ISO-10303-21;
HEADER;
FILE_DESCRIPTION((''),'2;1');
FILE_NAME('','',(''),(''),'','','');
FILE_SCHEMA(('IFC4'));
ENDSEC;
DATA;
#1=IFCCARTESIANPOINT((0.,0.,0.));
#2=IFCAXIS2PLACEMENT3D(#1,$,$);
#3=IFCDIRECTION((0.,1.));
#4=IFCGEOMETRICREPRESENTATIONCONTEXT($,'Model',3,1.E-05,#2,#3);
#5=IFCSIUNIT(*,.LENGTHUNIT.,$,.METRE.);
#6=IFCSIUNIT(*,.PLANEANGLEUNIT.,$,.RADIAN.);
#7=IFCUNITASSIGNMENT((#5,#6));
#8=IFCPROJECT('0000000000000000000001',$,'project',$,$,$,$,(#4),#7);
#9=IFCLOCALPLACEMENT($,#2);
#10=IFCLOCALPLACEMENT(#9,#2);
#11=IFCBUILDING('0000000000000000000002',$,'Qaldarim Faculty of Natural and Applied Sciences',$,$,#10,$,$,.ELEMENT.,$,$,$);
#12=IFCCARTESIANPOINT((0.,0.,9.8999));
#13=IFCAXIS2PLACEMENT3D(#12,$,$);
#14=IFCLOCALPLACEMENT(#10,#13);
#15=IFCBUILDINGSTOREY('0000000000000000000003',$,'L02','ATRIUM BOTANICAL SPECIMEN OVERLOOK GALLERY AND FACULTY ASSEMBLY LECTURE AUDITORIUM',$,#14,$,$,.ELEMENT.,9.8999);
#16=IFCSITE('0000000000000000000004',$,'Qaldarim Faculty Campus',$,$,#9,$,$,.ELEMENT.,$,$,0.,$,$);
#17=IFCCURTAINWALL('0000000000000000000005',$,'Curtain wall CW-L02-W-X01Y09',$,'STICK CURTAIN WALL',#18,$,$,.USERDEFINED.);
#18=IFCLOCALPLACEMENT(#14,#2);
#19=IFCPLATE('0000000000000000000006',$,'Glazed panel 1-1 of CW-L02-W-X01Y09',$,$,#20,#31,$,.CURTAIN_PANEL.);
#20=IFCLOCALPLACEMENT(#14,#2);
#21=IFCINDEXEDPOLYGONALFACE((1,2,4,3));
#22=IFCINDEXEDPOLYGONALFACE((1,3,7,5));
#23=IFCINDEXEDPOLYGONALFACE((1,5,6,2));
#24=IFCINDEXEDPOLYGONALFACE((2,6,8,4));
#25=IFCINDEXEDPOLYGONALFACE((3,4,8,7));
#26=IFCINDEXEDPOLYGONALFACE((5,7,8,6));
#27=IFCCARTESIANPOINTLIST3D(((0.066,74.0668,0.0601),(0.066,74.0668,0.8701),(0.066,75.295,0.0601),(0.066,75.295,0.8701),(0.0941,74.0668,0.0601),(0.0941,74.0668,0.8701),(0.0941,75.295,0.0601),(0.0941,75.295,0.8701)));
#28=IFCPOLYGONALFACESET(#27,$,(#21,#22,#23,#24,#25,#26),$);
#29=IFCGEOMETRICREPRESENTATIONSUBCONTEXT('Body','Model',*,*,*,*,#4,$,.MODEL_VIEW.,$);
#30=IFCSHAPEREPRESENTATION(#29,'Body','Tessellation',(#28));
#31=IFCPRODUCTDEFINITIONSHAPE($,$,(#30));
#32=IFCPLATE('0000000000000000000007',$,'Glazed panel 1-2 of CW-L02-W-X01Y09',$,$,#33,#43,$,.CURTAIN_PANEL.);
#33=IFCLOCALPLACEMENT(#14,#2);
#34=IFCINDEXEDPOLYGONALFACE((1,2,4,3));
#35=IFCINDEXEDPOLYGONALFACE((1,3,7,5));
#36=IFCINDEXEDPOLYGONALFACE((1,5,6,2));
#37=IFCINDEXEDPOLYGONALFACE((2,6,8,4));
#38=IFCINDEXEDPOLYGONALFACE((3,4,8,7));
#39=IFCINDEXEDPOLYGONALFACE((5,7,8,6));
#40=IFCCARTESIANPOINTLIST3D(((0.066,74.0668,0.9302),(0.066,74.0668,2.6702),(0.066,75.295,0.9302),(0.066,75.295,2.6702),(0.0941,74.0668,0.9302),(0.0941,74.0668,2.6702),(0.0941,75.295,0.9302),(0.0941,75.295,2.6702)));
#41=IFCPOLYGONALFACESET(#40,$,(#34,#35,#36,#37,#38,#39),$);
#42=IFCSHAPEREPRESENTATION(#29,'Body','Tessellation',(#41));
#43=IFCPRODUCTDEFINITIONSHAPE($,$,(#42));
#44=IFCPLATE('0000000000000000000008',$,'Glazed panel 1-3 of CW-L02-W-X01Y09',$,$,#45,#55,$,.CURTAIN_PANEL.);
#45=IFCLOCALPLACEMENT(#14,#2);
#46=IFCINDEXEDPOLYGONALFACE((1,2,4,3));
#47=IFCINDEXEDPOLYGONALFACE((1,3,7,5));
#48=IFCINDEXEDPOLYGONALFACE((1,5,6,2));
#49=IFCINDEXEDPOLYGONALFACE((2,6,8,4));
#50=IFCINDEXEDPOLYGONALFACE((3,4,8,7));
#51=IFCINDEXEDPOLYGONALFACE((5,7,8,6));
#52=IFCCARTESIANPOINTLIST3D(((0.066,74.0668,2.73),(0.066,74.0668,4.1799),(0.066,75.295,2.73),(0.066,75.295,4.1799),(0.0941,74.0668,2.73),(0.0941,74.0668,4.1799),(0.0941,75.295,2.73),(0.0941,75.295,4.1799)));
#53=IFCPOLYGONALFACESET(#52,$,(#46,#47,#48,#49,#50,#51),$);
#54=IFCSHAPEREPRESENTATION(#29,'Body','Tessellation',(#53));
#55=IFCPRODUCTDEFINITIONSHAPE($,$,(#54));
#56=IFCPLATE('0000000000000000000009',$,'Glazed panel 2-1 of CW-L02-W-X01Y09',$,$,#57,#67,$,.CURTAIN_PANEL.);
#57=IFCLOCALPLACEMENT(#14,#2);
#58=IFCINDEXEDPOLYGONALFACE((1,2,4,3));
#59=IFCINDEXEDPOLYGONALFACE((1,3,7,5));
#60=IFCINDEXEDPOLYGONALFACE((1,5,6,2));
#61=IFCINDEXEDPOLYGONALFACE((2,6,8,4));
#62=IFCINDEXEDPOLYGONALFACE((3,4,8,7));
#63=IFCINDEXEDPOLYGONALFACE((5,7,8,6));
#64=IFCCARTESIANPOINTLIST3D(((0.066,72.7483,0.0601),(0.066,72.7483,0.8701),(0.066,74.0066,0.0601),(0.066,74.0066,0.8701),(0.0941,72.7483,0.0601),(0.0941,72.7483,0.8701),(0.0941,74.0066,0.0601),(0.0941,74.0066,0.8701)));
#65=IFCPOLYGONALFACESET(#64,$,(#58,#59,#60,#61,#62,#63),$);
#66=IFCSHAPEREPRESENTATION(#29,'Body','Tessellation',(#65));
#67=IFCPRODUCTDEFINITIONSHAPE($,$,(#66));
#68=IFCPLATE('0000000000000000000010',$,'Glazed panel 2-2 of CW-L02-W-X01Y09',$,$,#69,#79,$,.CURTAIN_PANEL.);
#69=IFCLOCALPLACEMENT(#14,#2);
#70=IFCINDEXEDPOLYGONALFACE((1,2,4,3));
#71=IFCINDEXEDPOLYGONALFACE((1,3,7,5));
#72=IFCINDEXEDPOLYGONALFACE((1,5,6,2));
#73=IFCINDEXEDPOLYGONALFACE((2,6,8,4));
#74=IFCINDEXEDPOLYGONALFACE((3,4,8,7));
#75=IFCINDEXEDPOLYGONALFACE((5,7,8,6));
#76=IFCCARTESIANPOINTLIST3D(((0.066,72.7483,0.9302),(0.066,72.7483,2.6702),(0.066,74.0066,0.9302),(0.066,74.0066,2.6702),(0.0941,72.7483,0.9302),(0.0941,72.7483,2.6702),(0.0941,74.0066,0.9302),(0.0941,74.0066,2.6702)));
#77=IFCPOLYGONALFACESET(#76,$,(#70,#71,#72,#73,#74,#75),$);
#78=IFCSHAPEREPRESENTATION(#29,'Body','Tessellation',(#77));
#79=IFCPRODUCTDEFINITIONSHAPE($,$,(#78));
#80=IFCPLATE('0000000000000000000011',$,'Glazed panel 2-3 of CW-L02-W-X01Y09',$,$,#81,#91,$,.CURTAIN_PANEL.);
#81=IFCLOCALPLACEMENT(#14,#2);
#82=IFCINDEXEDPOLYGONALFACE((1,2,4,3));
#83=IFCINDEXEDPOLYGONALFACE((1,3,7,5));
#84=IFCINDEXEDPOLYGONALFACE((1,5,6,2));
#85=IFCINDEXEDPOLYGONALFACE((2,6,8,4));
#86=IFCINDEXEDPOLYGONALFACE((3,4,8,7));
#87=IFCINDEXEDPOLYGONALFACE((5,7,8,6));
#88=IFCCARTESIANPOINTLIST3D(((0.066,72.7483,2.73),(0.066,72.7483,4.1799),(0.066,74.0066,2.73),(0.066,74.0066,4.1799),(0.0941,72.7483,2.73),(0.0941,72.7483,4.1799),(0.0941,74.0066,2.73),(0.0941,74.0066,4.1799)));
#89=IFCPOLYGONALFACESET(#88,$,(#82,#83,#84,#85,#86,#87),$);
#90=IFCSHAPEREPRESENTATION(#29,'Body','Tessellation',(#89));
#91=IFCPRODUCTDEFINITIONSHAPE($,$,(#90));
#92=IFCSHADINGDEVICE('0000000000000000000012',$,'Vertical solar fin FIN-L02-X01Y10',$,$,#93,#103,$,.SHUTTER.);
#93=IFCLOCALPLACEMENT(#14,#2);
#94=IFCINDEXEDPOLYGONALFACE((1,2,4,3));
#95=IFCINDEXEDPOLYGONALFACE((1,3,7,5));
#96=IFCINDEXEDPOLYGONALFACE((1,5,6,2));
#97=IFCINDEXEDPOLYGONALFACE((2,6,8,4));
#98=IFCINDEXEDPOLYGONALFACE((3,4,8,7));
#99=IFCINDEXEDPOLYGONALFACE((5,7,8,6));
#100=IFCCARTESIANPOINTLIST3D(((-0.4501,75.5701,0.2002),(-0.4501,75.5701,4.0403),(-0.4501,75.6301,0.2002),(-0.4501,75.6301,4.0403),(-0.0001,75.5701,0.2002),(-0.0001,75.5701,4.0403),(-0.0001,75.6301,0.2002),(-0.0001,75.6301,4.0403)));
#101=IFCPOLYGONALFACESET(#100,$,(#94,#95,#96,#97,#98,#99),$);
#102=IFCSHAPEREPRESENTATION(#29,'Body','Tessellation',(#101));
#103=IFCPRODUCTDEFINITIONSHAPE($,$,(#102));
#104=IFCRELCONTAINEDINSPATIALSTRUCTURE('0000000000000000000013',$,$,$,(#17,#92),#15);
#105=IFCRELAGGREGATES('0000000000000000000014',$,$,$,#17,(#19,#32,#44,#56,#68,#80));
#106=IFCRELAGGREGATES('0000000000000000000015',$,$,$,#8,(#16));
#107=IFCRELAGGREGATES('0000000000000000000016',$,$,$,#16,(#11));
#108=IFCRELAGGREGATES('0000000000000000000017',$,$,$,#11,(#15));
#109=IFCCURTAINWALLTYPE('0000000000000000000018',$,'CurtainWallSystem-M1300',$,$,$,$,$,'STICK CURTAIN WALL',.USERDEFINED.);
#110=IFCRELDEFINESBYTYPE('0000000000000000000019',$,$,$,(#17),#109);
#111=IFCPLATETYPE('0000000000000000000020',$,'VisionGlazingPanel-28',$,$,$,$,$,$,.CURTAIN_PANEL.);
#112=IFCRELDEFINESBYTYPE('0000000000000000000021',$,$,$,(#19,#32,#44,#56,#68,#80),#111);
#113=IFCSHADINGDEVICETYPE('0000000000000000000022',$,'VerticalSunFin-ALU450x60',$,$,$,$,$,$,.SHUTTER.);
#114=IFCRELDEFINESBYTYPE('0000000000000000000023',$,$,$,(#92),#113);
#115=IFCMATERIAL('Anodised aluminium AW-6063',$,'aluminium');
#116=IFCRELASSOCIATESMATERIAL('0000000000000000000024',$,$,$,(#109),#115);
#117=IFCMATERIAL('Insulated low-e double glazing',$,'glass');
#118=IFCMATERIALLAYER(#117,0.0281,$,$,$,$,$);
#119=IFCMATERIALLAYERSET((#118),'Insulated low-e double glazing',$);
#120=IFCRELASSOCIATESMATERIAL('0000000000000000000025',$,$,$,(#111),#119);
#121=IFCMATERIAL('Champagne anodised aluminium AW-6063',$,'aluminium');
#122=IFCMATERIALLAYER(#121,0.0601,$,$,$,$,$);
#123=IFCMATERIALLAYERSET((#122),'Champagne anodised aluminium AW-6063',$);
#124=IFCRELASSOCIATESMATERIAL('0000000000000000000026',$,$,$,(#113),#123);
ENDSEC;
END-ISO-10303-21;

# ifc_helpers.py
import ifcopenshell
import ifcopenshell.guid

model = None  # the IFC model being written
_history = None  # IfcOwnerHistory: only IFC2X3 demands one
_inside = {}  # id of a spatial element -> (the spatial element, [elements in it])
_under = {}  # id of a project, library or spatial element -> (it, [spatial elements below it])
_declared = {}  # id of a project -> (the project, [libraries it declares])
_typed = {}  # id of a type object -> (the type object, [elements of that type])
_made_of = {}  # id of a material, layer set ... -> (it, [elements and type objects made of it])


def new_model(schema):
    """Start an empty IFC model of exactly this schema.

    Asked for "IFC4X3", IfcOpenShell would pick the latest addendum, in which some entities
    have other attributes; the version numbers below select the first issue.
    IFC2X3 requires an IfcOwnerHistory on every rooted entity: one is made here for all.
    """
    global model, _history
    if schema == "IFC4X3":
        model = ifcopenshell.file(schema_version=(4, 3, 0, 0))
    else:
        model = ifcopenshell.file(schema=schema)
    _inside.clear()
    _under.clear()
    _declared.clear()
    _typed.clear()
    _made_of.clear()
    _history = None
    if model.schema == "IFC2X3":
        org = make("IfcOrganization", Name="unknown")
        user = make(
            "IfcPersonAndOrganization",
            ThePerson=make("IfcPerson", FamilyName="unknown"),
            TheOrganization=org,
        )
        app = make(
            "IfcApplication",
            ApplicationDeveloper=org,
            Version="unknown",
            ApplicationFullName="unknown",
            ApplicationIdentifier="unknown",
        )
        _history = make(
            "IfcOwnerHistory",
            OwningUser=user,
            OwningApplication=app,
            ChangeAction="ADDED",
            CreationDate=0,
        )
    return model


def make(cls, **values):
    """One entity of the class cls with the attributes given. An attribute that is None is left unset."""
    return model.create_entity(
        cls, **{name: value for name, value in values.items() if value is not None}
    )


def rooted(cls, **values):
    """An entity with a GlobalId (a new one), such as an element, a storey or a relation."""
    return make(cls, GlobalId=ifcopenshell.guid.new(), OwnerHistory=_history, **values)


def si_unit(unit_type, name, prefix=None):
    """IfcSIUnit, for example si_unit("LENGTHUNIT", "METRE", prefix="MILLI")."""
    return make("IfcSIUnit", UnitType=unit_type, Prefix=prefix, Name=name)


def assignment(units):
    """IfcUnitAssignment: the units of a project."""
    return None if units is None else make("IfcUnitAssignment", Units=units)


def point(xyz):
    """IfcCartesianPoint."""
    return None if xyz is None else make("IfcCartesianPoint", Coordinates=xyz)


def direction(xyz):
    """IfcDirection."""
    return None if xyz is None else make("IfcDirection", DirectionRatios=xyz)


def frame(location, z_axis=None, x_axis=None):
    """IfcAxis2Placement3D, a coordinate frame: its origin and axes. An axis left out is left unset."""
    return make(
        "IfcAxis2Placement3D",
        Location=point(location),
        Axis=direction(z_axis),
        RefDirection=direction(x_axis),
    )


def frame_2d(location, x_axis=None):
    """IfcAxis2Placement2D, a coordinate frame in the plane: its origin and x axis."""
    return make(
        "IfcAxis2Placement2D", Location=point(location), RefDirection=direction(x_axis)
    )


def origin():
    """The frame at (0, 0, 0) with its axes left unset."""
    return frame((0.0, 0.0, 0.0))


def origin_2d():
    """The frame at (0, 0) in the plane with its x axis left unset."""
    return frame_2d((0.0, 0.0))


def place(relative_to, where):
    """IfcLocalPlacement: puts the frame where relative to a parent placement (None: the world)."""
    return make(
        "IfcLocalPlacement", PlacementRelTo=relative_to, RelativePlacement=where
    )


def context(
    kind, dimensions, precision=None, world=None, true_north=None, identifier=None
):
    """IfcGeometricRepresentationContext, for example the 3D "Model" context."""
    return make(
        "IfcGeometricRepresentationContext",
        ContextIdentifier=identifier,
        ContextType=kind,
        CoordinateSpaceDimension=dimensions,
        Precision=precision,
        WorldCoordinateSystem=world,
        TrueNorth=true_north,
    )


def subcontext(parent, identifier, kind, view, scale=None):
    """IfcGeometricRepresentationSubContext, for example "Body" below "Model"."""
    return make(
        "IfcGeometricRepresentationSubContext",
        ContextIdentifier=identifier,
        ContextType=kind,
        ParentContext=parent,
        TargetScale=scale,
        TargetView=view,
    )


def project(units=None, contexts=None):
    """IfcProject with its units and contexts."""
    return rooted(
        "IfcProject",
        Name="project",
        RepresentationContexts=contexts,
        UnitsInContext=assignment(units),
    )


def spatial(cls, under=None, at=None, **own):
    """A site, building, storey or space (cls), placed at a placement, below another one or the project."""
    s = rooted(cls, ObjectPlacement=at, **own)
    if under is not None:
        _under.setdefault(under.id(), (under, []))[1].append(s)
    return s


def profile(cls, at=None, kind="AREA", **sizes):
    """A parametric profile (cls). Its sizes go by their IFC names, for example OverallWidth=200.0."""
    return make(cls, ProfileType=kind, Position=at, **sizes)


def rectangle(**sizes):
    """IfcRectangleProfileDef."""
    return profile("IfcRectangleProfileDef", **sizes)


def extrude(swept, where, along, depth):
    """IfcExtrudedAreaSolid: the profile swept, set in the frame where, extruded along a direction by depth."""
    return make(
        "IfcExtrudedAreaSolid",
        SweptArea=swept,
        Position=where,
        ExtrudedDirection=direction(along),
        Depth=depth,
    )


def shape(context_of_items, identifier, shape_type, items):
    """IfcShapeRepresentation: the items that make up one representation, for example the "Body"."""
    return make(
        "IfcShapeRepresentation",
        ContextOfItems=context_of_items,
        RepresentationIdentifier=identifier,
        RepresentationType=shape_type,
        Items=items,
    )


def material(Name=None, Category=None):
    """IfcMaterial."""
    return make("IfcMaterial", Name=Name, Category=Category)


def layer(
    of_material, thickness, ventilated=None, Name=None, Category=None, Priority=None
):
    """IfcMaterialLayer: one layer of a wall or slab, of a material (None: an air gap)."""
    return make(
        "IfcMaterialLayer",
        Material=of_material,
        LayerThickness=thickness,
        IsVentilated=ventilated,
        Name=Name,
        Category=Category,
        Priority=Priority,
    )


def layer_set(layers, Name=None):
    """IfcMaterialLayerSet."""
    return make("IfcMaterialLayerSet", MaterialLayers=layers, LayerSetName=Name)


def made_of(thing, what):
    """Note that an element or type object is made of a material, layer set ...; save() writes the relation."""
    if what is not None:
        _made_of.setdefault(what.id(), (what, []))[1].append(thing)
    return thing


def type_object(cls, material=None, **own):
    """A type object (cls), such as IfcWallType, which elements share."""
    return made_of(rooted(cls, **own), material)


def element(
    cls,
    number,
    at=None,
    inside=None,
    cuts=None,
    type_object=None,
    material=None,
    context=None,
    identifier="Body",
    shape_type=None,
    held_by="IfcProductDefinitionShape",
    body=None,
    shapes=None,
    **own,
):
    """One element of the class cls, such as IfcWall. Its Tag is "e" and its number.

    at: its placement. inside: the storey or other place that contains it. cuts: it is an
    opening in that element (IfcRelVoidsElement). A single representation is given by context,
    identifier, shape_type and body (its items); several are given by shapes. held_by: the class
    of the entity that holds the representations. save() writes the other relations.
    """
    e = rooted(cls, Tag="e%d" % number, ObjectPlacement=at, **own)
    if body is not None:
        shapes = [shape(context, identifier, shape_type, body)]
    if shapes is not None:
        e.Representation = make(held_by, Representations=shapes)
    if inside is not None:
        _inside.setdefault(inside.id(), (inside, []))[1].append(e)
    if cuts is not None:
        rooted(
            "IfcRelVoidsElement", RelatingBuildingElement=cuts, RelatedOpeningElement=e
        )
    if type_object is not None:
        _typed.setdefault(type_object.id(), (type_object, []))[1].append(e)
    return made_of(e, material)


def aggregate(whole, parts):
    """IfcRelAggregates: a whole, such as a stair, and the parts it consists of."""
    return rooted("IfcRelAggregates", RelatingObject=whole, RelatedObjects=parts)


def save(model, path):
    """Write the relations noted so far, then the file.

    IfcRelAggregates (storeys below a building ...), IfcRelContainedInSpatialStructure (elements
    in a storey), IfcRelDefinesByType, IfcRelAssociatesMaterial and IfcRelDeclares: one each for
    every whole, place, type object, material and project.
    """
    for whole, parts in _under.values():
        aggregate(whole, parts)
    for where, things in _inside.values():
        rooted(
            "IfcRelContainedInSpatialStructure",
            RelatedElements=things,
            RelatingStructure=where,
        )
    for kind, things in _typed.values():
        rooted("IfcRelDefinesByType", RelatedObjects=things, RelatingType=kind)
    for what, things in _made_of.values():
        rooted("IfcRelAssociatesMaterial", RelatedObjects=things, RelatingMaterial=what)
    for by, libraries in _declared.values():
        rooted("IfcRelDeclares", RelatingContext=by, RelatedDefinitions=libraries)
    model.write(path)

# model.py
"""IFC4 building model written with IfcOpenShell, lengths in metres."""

from ifc_helpers import new_model, si_unit, direction, frame, origin, origin_2d, place, context, subcontext, project, spatial, rectangle, extrude, material, layer, layer_set, type_object, element, aggregate, save


model = new_model("IFC4")

# Units and contexts
model_context = context("Model", 3, precision=1e-05, world=origin(), true_north=direction((0.0, 1.0)))
body_context = subcontext(model_context, "Body", "Model", "MODEL_VIEW")
ifc_project = project(units=[si_unit("LENGTHUNIT", "METRE"), si_unit("PLANEANGLEUNIT", "RADIAN")], contexts=[model_context])

# Site, building, storey
site_placement = place(None, origin())
site = spatial("IfcSite", under=ifc_project, at=site_placement, Name="Qaldarim Faculty Campus", CompositionType="ELEMENT", RefElevation=0.0)
building_placement = place(site_placement, origin())
building = spatial("IfcBuilding", under=site, at=building_placement, Name="Qaldarim Faculty of Natural and Applied Sciences", CompositionType="ELEMENT")
storey_placement = place(building_placement, frame((0.0, 0.0, 9.8999)))
storey = spatial("IfcBuildingStorey", under=building, at=storey_placement, Name="L02", Description="ATRIUM BOTANICAL SPECIMEN OVERLOOK GALLERY AND FACULTY ASSEMBLY LECTURE AUDITORIUM", CompositionType="ELEMENT", Elevation=9.8999)

# Curtain wall, plates
ifc_material_1 = material(Name="Anodised aluminium AW-6063", Category="aluminium")
curtain_wall_type = type_object("IfcCurtainWallType", Name="CurtainWallSystem-M1300", ElementType="STICK CURTAIN WALL", PredefinedType="USERDEFINED", material=ifc_material_1)
curtain_wall_placement = place(storey_placement, origin())
curtain_wall = element("IfcCurtainWall", 1, at=curtain_wall_placement, inside=storey, type_object=curtain_wall_type, Name="Curtain wall CW-L02-W-X01Y09", ObjectType="STICK CURTAIN WALL", PredefinedType="USERDEFINED")
ifc_material_2 = material(Name="Insulated low-e double glazing", Category="glass")
ifc_layer_1 = layer(ifc_material_2, 0.0281)
ifc_layer_set_1 = layer_set([ifc_layer_1], Name="Insulated low-e double glazing")
plate_type = type_object("IfcPlateType", Name="VisionGlazingPanel-28", PredefinedType="CURTAIN_PANEL", material=ifc_layer_set_1)
plate_1_placement = place(storey_placement, frame((0.0801, 74.6809, 0.0601), z_axis=(0.0, 0.0, 1.0), x_axis=(0.0, -1.0, 0.0)))
plate_1 = element("IfcPlate", 2, at=plate_1_placement, type_object=plate_type, Name="Glazed panel 1-1 of CW-L02-W-X01Y09", PredefinedType="CURTAIN_PANEL", context=body_context, shape_type="SweptSolid", body=[
    extrude(rectangle(XDim=1.2283, YDim=0.0281, at=origin_2d()), origin(), (0.0, 0.0, 1.0), 0.8101),
])
plate_2_placement = place(storey_placement, frame((0.0801, 74.6809, 0.9302), z_axis=(0.0, 0.0, 1.0), x_axis=(0.0, -1.0, 0.0)))
plate_2 = element("IfcPlate", 3, at=plate_2_placement, type_object=plate_type, Name="Glazed panel 1-2 of CW-L02-W-X01Y09", PredefinedType="CURTAIN_PANEL", context=body_context, shape_type="SweptSolid", body=[
    extrude(rectangle(XDim=1.2283, YDim=0.0281, at=origin_2d()), origin(), (0.0, 0.0, 1.0), 1.74),
])
plate_3_placement = place(storey_placement, frame((0.0801, 74.6809, 2.73), z_axis=(0.0, 0.0, 1.0), x_axis=(0.0, -1.0, 0.0)))
plate_3 = element("IfcPlate", 4, at=plate_3_placement, type_object=plate_type, Name="Glazed panel 1-3 of CW-L02-W-X01Y09", PredefinedType="CURTAIN_PANEL", context=body_context, shape_type="SweptSolid", body=[
    extrude(rectangle(XDim=1.2283, YDim=0.0281, at=origin_2d()), origin(), (0.0, 0.0, 1.0), 1.45),
])
plate_4_placement = place(storey_placement, frame((0.0801, 73.3774, 0.0601), z_axis=(0.0, 0.0, 1.0), x_axis=(0.0, -1.0, 0.0)))
plate_4 = element("IfcPlate", 5, at=plate_4_placement, type_object=plate_type, Name="Glazed panel 2-1 of CW-L02-W-X01Y09", PredefinedType="CURTAIN_PANEL", context=body_context, shape_type="SweptSolid", body=[
    extrude(rectangle(XDim=1.2583, YDim=0.0281, at=origin_2d()), origin(), (0.0, 0.0, 1.0), 0.8101),
])
plate_5_placement = place(storey_placement, frame((0.0801, 73.3774, 0.9302), z_axis=(0.0, 0.0, 1.0), x_axis=(0.0, -1.0, 0.0)))
plate_5 = element("IfcPlate", 6, at=plate_5_placement, type_object=plate_type, Name="Glazed panel 2-2 of CW-L02-W-X01Y09", PredefinedType="CURTAIN_PANEL", context=body_context, shape_type="SweptSolid", body=[
    extrude(rectangle(XDim=1.2583, YDim=0.0281, at=origin_2d()), origin(), (0.0, 0.0, 1.0), 1.74),
])
plate_6_placement = place(storey_placement, frame((0.0801, 73.3774, 2.73), z_axis=(0.0, 0.0, 1.0), x_axis=(0.0, -1.0, 0.0)))
plate_6 = element("IfcPlate", 7, at=plate_6_placement, type_object=plate_type, Name="Glazed panel 2-3 of CW-L02-W-X01Y09", PredefinedType="CURTAIN_PANEL", context=body_context, shape_type="SweptSolid", body=[
    extrude(rectangle(XDim=1.2583, YDim=0.0281, at=origin_2d()), origin(), (0.0, 0.0, 1.0), 1.45),
])
aggregate(curtain_wall, [plate_1, plate_2, plate_3, plate_4, plate_5, plate_6])

# Shading device
ifc_material_3 = material(Name="Champagne anodised aluminium AW-6063", Category="aluminium")
ifc_layer_2 = layer(ifc_material_3, 0.0601)
ifc_layer_set_2 = layer_set([ifc_layer_2], Name="Champagne anodised aluminium AW-6063")
shading_device_type = type_object("IfcShadingDeviceType", Name="VerticalSunFin-ALU450x60", PredefinedType="SHUTTER", material=ifc_layer_set_2)
shading_device_placement = place(storey_placement, frame((-0.2251, 75.6001, 0.2002), z_axis=(0.0, 0.0, 1.0), x_axis=(1.0, 0.0, 0.0)))
element("IfcShadingDevice", 8, at=shading_device_placement, inside=storey, type_object=shading_device_type, Name="Vertical solar fin FIN-L02-X01Y10", PredefinedType="SHUTTER", context=body_context, shape_type="SweptSolid", body=[
    extrude(rectangle(XDim=0.45, YDim=0.0601, at=origin_2d()), origin(), (0.0, 0.0, 1.0), 3.8401),
])

save(model, "model.ifc")
